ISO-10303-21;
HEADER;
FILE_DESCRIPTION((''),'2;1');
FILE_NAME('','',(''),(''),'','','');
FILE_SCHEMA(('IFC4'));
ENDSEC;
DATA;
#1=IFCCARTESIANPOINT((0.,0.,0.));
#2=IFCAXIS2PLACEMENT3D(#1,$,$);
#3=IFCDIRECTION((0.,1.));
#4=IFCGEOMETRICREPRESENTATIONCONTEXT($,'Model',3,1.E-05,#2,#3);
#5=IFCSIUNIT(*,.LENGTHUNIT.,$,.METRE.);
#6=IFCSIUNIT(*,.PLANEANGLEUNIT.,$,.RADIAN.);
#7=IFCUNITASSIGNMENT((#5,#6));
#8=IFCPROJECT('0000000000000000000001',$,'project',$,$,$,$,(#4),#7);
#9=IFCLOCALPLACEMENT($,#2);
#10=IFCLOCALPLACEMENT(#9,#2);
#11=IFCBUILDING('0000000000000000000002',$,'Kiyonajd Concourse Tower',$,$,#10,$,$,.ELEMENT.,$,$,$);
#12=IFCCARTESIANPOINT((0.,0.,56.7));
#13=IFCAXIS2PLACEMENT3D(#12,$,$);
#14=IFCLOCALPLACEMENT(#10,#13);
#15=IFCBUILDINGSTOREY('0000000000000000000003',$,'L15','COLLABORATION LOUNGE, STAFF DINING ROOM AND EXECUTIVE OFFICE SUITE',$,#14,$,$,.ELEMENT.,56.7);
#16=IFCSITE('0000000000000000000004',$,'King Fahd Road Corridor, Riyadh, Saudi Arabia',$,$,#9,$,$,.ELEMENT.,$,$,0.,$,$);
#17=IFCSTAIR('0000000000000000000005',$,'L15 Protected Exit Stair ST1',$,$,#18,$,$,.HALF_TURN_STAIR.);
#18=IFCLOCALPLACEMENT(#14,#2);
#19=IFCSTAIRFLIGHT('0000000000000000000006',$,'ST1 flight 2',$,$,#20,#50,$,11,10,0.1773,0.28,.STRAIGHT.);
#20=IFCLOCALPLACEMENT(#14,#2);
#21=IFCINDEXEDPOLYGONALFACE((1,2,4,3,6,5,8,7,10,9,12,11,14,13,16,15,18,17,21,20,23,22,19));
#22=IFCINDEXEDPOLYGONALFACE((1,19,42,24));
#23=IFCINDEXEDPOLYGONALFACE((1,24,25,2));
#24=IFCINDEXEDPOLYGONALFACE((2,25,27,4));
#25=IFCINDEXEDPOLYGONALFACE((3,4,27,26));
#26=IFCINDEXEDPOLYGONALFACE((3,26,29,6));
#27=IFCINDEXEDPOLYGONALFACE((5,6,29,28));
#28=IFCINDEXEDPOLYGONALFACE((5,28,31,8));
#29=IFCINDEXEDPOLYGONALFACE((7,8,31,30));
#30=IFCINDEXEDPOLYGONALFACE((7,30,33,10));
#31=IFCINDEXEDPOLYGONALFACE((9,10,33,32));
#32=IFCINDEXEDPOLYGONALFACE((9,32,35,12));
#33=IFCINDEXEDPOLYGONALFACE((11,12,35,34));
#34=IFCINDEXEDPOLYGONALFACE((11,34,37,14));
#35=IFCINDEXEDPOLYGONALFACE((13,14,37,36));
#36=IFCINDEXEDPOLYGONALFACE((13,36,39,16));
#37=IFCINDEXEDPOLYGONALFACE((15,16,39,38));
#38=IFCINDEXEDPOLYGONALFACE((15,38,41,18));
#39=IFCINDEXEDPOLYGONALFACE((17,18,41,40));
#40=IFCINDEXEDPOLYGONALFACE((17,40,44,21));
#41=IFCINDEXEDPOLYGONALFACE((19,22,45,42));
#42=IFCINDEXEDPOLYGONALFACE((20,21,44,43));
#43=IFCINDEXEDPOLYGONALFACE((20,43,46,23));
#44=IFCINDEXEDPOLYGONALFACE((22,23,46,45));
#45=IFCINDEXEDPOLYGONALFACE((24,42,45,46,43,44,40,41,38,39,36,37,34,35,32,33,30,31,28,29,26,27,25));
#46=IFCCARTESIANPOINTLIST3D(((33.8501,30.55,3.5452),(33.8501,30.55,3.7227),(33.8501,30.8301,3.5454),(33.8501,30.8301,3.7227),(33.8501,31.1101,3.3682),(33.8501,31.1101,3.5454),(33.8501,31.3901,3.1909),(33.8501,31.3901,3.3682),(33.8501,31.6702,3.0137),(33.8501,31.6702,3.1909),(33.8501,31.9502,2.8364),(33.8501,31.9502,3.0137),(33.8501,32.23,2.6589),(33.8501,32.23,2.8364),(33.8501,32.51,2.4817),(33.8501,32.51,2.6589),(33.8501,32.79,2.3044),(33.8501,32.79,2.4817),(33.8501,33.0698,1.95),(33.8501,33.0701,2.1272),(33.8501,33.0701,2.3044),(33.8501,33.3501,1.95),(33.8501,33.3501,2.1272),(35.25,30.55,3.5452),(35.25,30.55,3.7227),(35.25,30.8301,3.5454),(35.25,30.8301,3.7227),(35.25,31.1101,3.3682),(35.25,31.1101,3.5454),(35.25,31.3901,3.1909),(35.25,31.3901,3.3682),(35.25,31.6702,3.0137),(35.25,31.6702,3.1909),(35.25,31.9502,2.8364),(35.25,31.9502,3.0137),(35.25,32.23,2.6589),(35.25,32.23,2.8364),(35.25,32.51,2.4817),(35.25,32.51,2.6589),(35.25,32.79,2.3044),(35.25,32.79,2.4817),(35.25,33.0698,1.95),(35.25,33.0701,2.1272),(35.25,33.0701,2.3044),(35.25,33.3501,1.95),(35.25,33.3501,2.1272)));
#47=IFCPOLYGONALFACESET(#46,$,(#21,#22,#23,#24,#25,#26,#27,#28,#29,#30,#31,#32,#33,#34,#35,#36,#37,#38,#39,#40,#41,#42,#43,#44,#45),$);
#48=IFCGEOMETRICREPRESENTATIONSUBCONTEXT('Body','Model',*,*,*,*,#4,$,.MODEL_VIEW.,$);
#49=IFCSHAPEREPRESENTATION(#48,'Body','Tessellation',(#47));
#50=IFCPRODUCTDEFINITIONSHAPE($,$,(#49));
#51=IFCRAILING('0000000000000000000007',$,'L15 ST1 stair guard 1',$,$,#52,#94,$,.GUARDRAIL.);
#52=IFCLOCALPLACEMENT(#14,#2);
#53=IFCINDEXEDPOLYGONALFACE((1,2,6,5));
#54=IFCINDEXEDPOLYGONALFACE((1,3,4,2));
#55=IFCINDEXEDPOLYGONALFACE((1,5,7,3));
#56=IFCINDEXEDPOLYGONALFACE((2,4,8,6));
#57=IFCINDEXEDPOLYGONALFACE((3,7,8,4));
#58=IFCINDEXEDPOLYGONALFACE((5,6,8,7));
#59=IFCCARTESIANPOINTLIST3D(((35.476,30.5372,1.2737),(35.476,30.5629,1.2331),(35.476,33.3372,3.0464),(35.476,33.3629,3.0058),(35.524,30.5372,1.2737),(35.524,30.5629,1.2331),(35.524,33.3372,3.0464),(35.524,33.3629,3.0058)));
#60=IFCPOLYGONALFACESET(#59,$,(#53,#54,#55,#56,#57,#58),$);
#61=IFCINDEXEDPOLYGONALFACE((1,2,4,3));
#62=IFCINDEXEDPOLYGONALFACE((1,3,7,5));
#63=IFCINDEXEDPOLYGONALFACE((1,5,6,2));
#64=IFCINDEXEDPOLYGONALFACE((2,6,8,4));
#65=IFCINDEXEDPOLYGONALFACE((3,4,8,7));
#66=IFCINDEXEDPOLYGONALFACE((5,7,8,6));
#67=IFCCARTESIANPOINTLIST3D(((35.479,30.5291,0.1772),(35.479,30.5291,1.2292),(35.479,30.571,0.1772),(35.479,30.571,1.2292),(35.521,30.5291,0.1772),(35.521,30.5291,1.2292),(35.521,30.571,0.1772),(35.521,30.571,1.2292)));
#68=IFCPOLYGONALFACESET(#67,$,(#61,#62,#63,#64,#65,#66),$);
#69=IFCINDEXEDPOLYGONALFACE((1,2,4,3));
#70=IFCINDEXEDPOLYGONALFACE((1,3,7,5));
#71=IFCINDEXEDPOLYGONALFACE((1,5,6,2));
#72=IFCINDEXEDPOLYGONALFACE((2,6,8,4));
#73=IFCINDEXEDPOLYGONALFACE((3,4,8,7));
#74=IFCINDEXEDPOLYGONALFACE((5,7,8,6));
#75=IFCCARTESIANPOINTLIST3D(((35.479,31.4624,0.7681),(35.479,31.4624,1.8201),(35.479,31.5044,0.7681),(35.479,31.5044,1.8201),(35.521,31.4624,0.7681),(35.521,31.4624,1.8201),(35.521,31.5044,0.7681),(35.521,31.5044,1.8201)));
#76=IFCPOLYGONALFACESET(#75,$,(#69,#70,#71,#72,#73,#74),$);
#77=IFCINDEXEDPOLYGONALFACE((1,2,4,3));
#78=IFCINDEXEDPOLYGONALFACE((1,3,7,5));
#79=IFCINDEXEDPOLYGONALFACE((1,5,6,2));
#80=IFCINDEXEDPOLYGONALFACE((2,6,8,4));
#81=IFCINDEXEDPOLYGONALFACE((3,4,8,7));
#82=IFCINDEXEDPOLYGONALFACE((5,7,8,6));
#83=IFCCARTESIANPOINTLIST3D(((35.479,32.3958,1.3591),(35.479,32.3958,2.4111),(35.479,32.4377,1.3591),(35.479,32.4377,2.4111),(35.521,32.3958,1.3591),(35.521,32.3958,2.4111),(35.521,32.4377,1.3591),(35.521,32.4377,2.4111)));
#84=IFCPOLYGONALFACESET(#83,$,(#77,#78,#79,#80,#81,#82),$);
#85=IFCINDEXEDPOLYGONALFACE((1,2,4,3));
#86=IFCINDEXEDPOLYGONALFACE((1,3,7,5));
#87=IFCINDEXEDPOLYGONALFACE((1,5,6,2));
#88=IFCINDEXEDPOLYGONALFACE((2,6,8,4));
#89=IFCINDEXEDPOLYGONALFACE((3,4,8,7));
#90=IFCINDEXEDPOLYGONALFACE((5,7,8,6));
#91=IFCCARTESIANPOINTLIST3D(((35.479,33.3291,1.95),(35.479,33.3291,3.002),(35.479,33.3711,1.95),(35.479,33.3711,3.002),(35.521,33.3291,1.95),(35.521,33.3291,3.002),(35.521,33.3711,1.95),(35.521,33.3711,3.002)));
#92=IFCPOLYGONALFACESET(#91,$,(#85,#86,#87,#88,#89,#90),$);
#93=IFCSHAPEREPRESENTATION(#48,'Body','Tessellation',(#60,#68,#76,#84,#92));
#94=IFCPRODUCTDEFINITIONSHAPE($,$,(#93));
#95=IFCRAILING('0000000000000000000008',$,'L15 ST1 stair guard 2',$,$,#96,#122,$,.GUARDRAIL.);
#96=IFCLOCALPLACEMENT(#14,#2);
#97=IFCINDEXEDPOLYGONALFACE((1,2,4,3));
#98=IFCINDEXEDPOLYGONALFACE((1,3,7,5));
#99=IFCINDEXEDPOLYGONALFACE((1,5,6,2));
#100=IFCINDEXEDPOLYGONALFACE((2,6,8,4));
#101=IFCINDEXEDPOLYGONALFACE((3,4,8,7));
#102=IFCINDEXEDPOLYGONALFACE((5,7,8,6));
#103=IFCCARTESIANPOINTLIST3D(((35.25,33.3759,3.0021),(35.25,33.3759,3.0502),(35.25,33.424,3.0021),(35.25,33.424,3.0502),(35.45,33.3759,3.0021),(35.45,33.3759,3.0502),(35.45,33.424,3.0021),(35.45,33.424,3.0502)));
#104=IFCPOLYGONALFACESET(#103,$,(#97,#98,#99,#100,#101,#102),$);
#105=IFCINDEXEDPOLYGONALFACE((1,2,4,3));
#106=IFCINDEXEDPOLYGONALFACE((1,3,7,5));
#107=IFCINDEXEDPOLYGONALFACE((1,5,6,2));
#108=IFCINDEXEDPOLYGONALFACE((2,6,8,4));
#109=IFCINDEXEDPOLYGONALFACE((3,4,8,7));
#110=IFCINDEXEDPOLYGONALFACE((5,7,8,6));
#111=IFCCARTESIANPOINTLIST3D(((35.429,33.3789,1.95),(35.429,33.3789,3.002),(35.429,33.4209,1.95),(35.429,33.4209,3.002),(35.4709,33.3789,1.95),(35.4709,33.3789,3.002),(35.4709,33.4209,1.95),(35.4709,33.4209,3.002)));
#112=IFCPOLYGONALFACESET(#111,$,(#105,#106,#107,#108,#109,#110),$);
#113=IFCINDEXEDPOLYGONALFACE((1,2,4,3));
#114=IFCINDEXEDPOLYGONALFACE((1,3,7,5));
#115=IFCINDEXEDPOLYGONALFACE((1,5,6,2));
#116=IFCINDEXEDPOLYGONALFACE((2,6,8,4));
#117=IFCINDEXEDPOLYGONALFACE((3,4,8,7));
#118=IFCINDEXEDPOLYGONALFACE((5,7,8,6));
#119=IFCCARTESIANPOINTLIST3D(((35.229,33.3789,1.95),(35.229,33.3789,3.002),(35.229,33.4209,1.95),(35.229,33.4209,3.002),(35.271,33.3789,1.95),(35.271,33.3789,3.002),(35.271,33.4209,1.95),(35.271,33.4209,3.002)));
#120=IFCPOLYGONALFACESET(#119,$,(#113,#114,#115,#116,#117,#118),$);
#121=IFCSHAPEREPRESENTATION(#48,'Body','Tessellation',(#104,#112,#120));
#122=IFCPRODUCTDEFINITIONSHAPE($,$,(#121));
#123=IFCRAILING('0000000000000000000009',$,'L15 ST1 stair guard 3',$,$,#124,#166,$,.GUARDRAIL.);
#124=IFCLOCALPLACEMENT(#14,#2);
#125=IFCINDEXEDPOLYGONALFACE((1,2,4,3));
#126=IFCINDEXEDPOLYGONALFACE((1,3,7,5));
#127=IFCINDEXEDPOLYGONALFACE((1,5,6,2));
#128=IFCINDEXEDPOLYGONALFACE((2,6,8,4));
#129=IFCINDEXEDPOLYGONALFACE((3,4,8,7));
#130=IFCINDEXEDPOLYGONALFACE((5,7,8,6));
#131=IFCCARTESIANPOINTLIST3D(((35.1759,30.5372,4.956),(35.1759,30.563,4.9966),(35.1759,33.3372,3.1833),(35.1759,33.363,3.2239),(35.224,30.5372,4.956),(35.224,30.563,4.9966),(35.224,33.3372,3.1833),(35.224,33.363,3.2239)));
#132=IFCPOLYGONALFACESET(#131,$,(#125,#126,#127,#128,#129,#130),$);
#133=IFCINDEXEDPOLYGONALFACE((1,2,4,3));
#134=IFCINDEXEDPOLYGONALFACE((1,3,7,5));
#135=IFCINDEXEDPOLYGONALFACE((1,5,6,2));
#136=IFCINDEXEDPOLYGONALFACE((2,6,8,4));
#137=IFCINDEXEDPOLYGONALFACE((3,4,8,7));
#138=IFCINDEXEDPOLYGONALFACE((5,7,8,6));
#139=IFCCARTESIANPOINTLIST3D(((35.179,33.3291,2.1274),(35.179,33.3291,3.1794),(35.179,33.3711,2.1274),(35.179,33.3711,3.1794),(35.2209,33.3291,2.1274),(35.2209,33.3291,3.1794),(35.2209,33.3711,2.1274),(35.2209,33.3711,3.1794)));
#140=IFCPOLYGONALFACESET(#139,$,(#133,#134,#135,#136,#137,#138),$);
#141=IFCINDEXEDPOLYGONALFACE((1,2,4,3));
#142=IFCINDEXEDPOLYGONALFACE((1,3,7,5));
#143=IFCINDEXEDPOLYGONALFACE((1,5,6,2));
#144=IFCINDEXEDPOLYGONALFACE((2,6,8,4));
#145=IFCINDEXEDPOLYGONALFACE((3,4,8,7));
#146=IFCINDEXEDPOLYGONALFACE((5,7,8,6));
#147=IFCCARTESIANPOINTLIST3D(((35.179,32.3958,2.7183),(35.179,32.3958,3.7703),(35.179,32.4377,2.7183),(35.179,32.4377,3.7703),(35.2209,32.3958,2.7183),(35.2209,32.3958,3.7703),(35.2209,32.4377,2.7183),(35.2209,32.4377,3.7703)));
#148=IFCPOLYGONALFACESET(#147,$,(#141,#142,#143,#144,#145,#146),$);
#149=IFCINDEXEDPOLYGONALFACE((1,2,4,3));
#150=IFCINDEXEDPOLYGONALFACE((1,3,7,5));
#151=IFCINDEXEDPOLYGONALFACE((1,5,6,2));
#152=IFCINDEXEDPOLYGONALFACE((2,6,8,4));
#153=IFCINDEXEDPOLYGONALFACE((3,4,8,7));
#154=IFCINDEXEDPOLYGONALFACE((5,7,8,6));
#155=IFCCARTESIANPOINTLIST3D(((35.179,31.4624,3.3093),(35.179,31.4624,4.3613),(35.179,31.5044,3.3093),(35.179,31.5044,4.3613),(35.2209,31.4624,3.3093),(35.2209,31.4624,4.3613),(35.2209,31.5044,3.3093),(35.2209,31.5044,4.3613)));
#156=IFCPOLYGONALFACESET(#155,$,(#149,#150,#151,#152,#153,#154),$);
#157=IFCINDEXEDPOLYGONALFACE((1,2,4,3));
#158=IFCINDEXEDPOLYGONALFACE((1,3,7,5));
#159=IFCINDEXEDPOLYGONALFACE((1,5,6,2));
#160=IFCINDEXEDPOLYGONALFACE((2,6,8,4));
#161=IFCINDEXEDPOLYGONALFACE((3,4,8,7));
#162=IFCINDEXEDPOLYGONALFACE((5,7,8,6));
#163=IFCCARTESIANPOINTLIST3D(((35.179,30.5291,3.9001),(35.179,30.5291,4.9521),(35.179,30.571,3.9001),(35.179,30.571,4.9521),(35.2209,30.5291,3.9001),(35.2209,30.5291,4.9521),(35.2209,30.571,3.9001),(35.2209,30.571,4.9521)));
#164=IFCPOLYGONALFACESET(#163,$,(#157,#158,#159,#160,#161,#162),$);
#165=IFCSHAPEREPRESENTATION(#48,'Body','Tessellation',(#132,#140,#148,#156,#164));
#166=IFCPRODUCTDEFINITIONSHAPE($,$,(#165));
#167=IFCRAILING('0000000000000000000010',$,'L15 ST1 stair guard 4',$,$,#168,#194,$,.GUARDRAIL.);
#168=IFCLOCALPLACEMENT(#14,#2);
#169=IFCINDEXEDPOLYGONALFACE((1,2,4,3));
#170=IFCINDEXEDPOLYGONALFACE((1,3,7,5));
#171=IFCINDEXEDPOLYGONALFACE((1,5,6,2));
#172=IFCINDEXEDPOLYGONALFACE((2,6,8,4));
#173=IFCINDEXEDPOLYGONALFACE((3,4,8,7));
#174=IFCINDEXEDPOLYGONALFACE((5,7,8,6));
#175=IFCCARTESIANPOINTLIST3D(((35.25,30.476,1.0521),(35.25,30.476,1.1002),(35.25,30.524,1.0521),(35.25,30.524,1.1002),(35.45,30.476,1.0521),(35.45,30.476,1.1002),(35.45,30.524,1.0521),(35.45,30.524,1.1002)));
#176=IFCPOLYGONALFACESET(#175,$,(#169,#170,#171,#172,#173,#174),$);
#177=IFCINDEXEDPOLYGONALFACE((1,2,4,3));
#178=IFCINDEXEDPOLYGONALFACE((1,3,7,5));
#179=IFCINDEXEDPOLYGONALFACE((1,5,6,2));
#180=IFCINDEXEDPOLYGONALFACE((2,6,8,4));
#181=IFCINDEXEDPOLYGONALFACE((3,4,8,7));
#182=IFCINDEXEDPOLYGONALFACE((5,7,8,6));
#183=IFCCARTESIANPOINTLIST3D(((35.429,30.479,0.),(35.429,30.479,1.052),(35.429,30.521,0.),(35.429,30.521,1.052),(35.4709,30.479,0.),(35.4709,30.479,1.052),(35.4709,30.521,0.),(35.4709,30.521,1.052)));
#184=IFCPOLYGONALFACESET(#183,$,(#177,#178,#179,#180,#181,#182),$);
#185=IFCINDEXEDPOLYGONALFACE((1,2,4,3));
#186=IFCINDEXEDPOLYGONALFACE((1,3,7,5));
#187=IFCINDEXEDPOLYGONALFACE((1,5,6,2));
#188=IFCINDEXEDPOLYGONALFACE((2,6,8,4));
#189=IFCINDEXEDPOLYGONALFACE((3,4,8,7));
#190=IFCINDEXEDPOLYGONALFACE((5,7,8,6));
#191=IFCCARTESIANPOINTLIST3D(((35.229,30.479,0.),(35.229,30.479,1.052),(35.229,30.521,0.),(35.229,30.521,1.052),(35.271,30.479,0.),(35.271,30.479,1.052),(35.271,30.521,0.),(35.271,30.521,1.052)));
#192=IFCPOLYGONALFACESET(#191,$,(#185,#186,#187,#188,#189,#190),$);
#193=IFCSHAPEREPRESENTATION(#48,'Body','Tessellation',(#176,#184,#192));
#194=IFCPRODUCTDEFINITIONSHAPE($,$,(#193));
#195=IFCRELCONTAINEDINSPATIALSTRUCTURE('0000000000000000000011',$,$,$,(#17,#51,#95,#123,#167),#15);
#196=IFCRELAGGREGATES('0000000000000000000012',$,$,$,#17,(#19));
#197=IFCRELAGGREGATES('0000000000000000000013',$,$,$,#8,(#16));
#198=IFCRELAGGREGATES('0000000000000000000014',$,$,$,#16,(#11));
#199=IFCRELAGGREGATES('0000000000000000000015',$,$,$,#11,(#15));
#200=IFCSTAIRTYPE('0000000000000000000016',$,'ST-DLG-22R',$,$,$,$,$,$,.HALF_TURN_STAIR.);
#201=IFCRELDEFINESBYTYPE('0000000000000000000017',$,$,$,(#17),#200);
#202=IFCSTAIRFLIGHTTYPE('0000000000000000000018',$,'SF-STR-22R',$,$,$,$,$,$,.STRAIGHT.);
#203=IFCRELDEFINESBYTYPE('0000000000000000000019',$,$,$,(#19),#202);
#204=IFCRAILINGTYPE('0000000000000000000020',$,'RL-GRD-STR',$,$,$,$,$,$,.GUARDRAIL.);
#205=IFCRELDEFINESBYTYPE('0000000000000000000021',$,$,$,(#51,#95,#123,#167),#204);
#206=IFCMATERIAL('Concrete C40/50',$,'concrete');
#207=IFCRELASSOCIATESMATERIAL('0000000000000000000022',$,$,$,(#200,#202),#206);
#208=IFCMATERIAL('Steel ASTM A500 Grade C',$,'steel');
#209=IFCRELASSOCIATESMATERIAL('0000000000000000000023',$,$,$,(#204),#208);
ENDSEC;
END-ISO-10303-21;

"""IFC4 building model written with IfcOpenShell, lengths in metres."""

from ifc_helpers import new_model, si_unit, direction, frame, origin, origin_2d, place, context, subcontext, project, spatial, polyline, rectangle, outline, extrude, material, type_object, element, aggregate, save


model = new_model("IFC4")

# Units and contexts
model_context = context("Model", 3, precision=1e-05, world=origin(), true_north=direction((0.0, 1.0)))
body_context = subcontext(model_context, "Body", "Model", "MODEL_VIEW")
ifc_project = project(units=[si_unit("LENGTHUNIT", "METRE"), si_unit("PLANEANGLEUNIT", "RADIAN")], contexts=[model_context])

# Site, building, storey
site_placement = place(None, origin())
site = spatial("IfcSite", under=ifc_project, at=site_placement, Name="King Fahd Road Corridor, Riyadh, Saudi Arabia", CompositionType="ELEMENT", RefElevation=0.0)
building_placement = place(site_placement, origin())
building = spatial("IfcBuilding", under=site, at=building_placement, Name="Kiyonajd Concourse Tower", CompositionType="ELEMENT")
storey_placement = place(building_placement, frame((0.0, 0.0, 56.7)))
storey = spatial("IfcBuildingStorey", under=building, at=storey_placement, Name="L15", Description="COLLABORATION LOUNGE, STAFF DINING ROOM AND EXECUTIVE OFFICE SUITE", CompositionType="ELEMENT", Elevation=56.7)

# Stair, stair flight
ifc_material_1 = material(Name="Concrete C40/50", Category="concrete")
stair_type = type_object("IfcStairType", Name="ST-DLG-22R", PredefinedType="HALF_TURN_STAIR", material=ifc_material_1)
stair_placement = place(storey_placement, origin())
stair = element("IfcStair", 1, at=stair_placement, inside=storey, type_object=stair_type, Name="L15 Protected Exit Stair ST1", PredefinedType="HALF_TURN_STAIR")
stair_flight_type = type_object("IfcStairFlightType", Name="SF-STR-22R", PredefinedType="STRAIGHT", material=ifc_material_1)
stair_flight_1_placement = place(storey_placement, frame((34.55, 33.3501, 1.95), z_axis=(0.0, 0.0, 1.0), x_axis=(0.0, -1.0, 0.0)))
stair_flight_1 = element("IfcStairFlight", 2, at=stair_flight_1_placement, type_object=stair_flight_type, Name="ST1 flight 2", NumberOfRisers=11, NumberOfTreads=10, PredefinedType="STRAIGHT", RiserHeight=0.1773, TreadLength=0.28, context=body_context, shape_type="SweptSolid", body=[
    extrude(outline(polyline([(0.0, 0.0), (0.0, 0.1772), (0.28, 0.1772), (0.28, 0.3545), (0.5601, 0.3545), (0.5601, 0.5317), (0.8401, 0.5317), (0.8401, 0.709), (1.1201, 0.709), (1.1201, 0.8865), (1.3999, 0.8865), (1.3999, 1.0637), (1.6799, 1.0637), (1.6799, 1.241), (1.96, 1.241), (1.96, 1.4182), (2.24, 1.4182), (2.24, 1.5955), (2.52, 1.5955), (2.52, 1.7727), (2.8, 1.7727), (2.8, 1.95), (2.8, 1.5952), (0.2803, 0.0), (0.0, 0.0)])), frame((0.0, 0.7, 0.0), z_axis=(0.0, -1.0, 0.0), x_axis=(1.0, 0.0, 0.0)), (0.0, 0.0, 1.0), 1.3999),
])
aggregate(stair, [stair_flight_1])

# Railings
ifc_material_2 = material(Name="Steel ASTM A500 Grade C", Category="steel")
railing_type_1 = type_object("IfcRailingType", Name="RL-GRD-STR", PredefinedType="GUARDRAIL", material=ifc_material_2)
railing_1_placement = place(storey_placement, frame((35.5, 30.55, 0.1772)))
element("IfcRailing", 3, at=railing_1_placement, inside=storey, type_object=railing_type_1, Name="L15 ST1 stair guard 1", PredefinedType="GUARDRAIL", context=body_context, shape_type="SweptSolid", body=[
    extrude(rectangle(XDim=0.0481, YDim=0.0481, at=origin_2d()), frame((0.0, 0.0, 1.0762), z_axis=(0.0, 0.844909, 0.53491), x_axis=(-1.0, 0.0, 0.0)), (0.0, 0.0, 1.0), 3.314),
    extrude(rectangle(XDim=0.042, YDim=0.042, at=origin_2d()), origin(), (0.0, 0.0, 1.0), 1.052),
    extrude(rectangle(XDim=0.042, YDim=0.042, at=origin_2d()), frame((0.0, 0.9333, 0.5908)), (0.0, 0.0, 1.0), 1.052),
    extrude(rectangle(XDim=0.042, YDim=0.042, at=origin_2d()), frame((0.0, 1.8667, 1.1819)), (0.0, 0.0, 1.0), 1.052),
    extrude(rectangle(XDim=0.042, YDim=0.042, at=origin_2d()), frame((0.0, 2.8, 1.7727)), (0.0, 0.0, 1.0), 1.052),
])
railing_2_placement = place(storey_placement, frame((35.45, 33.3999, 1.95)))
element("IfcRailing", 4, at=railing_2_placement, inside=storey, type_object=railing_type_1, Name="L15 ST1 stair guard 2", PredefinedType="GUARDRAIL", context=body_context, shape_type="SweptSolid", body=[
    extrude(rectangle(XDim=0.0481, YDim=0.0481, at=origin_2d()), frame((0.0, 0.0, 1.0762), z_axis=(-1.0, 0.0, 0.0), x_axis=(0.0, -1.0, 0.0)), (0.0, 0.0, 1.0), 0.2),
    extrude(rectangle(XDim=0.042, YDim=0.042, at=origin_2d()), origin(), (0.0, 0.0, 1.0), 1.052),
    extrude(rectangle(XDim=0.042, YDim=0.042, at=origin_2d()), frame((-0.2, 0.0, 0.0)), (0.0, 0.0, 1.0), 1.052),
])
railing_3_placement = place(storey_placement, frame((35.2, 33.3501, 2.1274)))
element("IfcRailing", 5, at=railing_3_placement, inside=storey, type_object=railing_type_1, Name="L15 ST1 stair guard 3", PredefinedType="GUARDRAIL", context=body_context, shape_type="SweptSolid", body=[
    extrude(rectangle(XDim=0.0481, YDim=0.0481, at=origin_2d()), frame((0.0, 0.0, 1.0762), z_axis=(0.0, -0.844909, 0.53491), x_axis=(1.0, 0.0, 0.0)), (0.0, 0.0, 1.0), 3.314),
    extrude(rectangle(XDim=0.042, YDim=0.042, at=origin_2d()), origin(), (0.0, 0.0, 1.0), 1.052),
    extrude(rectangle(XDim=0.042, YDim=0.042, at=origin_2d()), frame((0.0, -0.9333, 0.5908)), (0.0, 0.0, 1.0), 1.052),
    extrude(rectangle(XDim=0.042, YDim=0.042, at=origin_2d()), frame((0.0, -1.8667, 1.1819)), (0.0, 0.0, 1.0), 1.052),
    extrude(rectangle(XDim=0.042, YDim=0.042, at=origin_2d()), frame((0.0, -2.8, 1.7727)), (0.0, 0.0, 1.0), 1.052),
])
railing_4_placement = place(storey_placement, frame((35.45, 30.5, 0.0)))
element("IfcRailing", 6, at=railing_4_placement, inside=storey, type_object=railing_type_1, Name="L15 ST1 stair guard 4", PredefinedType="GUARDRAIL", context=body_context, shape_type="SweptSolid", body=[
    extrude(rectangle(XDim=0.0481, YDim=0.0481, at=origin_2d()), frame((0.0, 0.0, 1.0762), z_axis=(-1.0, 0.0, 0.0), x_axis=(0.0, -1.0, 0.0)), (0.0, 0.0, 1.0), 0.2),
    extrude(rectangle(XDim=0.042, YDim=0.042, at=origin_2d()), origin(), (0.0, 0.0, 1.0), 1.052),
    extrude(rectangle(XDim=0.042, YDim=0.042, at=origin_2d()), frame((-0.2, 0.0, 0.0)), (0.0, 0.0, 1.0), 1.052),
])

save(model, "model.ifc")
